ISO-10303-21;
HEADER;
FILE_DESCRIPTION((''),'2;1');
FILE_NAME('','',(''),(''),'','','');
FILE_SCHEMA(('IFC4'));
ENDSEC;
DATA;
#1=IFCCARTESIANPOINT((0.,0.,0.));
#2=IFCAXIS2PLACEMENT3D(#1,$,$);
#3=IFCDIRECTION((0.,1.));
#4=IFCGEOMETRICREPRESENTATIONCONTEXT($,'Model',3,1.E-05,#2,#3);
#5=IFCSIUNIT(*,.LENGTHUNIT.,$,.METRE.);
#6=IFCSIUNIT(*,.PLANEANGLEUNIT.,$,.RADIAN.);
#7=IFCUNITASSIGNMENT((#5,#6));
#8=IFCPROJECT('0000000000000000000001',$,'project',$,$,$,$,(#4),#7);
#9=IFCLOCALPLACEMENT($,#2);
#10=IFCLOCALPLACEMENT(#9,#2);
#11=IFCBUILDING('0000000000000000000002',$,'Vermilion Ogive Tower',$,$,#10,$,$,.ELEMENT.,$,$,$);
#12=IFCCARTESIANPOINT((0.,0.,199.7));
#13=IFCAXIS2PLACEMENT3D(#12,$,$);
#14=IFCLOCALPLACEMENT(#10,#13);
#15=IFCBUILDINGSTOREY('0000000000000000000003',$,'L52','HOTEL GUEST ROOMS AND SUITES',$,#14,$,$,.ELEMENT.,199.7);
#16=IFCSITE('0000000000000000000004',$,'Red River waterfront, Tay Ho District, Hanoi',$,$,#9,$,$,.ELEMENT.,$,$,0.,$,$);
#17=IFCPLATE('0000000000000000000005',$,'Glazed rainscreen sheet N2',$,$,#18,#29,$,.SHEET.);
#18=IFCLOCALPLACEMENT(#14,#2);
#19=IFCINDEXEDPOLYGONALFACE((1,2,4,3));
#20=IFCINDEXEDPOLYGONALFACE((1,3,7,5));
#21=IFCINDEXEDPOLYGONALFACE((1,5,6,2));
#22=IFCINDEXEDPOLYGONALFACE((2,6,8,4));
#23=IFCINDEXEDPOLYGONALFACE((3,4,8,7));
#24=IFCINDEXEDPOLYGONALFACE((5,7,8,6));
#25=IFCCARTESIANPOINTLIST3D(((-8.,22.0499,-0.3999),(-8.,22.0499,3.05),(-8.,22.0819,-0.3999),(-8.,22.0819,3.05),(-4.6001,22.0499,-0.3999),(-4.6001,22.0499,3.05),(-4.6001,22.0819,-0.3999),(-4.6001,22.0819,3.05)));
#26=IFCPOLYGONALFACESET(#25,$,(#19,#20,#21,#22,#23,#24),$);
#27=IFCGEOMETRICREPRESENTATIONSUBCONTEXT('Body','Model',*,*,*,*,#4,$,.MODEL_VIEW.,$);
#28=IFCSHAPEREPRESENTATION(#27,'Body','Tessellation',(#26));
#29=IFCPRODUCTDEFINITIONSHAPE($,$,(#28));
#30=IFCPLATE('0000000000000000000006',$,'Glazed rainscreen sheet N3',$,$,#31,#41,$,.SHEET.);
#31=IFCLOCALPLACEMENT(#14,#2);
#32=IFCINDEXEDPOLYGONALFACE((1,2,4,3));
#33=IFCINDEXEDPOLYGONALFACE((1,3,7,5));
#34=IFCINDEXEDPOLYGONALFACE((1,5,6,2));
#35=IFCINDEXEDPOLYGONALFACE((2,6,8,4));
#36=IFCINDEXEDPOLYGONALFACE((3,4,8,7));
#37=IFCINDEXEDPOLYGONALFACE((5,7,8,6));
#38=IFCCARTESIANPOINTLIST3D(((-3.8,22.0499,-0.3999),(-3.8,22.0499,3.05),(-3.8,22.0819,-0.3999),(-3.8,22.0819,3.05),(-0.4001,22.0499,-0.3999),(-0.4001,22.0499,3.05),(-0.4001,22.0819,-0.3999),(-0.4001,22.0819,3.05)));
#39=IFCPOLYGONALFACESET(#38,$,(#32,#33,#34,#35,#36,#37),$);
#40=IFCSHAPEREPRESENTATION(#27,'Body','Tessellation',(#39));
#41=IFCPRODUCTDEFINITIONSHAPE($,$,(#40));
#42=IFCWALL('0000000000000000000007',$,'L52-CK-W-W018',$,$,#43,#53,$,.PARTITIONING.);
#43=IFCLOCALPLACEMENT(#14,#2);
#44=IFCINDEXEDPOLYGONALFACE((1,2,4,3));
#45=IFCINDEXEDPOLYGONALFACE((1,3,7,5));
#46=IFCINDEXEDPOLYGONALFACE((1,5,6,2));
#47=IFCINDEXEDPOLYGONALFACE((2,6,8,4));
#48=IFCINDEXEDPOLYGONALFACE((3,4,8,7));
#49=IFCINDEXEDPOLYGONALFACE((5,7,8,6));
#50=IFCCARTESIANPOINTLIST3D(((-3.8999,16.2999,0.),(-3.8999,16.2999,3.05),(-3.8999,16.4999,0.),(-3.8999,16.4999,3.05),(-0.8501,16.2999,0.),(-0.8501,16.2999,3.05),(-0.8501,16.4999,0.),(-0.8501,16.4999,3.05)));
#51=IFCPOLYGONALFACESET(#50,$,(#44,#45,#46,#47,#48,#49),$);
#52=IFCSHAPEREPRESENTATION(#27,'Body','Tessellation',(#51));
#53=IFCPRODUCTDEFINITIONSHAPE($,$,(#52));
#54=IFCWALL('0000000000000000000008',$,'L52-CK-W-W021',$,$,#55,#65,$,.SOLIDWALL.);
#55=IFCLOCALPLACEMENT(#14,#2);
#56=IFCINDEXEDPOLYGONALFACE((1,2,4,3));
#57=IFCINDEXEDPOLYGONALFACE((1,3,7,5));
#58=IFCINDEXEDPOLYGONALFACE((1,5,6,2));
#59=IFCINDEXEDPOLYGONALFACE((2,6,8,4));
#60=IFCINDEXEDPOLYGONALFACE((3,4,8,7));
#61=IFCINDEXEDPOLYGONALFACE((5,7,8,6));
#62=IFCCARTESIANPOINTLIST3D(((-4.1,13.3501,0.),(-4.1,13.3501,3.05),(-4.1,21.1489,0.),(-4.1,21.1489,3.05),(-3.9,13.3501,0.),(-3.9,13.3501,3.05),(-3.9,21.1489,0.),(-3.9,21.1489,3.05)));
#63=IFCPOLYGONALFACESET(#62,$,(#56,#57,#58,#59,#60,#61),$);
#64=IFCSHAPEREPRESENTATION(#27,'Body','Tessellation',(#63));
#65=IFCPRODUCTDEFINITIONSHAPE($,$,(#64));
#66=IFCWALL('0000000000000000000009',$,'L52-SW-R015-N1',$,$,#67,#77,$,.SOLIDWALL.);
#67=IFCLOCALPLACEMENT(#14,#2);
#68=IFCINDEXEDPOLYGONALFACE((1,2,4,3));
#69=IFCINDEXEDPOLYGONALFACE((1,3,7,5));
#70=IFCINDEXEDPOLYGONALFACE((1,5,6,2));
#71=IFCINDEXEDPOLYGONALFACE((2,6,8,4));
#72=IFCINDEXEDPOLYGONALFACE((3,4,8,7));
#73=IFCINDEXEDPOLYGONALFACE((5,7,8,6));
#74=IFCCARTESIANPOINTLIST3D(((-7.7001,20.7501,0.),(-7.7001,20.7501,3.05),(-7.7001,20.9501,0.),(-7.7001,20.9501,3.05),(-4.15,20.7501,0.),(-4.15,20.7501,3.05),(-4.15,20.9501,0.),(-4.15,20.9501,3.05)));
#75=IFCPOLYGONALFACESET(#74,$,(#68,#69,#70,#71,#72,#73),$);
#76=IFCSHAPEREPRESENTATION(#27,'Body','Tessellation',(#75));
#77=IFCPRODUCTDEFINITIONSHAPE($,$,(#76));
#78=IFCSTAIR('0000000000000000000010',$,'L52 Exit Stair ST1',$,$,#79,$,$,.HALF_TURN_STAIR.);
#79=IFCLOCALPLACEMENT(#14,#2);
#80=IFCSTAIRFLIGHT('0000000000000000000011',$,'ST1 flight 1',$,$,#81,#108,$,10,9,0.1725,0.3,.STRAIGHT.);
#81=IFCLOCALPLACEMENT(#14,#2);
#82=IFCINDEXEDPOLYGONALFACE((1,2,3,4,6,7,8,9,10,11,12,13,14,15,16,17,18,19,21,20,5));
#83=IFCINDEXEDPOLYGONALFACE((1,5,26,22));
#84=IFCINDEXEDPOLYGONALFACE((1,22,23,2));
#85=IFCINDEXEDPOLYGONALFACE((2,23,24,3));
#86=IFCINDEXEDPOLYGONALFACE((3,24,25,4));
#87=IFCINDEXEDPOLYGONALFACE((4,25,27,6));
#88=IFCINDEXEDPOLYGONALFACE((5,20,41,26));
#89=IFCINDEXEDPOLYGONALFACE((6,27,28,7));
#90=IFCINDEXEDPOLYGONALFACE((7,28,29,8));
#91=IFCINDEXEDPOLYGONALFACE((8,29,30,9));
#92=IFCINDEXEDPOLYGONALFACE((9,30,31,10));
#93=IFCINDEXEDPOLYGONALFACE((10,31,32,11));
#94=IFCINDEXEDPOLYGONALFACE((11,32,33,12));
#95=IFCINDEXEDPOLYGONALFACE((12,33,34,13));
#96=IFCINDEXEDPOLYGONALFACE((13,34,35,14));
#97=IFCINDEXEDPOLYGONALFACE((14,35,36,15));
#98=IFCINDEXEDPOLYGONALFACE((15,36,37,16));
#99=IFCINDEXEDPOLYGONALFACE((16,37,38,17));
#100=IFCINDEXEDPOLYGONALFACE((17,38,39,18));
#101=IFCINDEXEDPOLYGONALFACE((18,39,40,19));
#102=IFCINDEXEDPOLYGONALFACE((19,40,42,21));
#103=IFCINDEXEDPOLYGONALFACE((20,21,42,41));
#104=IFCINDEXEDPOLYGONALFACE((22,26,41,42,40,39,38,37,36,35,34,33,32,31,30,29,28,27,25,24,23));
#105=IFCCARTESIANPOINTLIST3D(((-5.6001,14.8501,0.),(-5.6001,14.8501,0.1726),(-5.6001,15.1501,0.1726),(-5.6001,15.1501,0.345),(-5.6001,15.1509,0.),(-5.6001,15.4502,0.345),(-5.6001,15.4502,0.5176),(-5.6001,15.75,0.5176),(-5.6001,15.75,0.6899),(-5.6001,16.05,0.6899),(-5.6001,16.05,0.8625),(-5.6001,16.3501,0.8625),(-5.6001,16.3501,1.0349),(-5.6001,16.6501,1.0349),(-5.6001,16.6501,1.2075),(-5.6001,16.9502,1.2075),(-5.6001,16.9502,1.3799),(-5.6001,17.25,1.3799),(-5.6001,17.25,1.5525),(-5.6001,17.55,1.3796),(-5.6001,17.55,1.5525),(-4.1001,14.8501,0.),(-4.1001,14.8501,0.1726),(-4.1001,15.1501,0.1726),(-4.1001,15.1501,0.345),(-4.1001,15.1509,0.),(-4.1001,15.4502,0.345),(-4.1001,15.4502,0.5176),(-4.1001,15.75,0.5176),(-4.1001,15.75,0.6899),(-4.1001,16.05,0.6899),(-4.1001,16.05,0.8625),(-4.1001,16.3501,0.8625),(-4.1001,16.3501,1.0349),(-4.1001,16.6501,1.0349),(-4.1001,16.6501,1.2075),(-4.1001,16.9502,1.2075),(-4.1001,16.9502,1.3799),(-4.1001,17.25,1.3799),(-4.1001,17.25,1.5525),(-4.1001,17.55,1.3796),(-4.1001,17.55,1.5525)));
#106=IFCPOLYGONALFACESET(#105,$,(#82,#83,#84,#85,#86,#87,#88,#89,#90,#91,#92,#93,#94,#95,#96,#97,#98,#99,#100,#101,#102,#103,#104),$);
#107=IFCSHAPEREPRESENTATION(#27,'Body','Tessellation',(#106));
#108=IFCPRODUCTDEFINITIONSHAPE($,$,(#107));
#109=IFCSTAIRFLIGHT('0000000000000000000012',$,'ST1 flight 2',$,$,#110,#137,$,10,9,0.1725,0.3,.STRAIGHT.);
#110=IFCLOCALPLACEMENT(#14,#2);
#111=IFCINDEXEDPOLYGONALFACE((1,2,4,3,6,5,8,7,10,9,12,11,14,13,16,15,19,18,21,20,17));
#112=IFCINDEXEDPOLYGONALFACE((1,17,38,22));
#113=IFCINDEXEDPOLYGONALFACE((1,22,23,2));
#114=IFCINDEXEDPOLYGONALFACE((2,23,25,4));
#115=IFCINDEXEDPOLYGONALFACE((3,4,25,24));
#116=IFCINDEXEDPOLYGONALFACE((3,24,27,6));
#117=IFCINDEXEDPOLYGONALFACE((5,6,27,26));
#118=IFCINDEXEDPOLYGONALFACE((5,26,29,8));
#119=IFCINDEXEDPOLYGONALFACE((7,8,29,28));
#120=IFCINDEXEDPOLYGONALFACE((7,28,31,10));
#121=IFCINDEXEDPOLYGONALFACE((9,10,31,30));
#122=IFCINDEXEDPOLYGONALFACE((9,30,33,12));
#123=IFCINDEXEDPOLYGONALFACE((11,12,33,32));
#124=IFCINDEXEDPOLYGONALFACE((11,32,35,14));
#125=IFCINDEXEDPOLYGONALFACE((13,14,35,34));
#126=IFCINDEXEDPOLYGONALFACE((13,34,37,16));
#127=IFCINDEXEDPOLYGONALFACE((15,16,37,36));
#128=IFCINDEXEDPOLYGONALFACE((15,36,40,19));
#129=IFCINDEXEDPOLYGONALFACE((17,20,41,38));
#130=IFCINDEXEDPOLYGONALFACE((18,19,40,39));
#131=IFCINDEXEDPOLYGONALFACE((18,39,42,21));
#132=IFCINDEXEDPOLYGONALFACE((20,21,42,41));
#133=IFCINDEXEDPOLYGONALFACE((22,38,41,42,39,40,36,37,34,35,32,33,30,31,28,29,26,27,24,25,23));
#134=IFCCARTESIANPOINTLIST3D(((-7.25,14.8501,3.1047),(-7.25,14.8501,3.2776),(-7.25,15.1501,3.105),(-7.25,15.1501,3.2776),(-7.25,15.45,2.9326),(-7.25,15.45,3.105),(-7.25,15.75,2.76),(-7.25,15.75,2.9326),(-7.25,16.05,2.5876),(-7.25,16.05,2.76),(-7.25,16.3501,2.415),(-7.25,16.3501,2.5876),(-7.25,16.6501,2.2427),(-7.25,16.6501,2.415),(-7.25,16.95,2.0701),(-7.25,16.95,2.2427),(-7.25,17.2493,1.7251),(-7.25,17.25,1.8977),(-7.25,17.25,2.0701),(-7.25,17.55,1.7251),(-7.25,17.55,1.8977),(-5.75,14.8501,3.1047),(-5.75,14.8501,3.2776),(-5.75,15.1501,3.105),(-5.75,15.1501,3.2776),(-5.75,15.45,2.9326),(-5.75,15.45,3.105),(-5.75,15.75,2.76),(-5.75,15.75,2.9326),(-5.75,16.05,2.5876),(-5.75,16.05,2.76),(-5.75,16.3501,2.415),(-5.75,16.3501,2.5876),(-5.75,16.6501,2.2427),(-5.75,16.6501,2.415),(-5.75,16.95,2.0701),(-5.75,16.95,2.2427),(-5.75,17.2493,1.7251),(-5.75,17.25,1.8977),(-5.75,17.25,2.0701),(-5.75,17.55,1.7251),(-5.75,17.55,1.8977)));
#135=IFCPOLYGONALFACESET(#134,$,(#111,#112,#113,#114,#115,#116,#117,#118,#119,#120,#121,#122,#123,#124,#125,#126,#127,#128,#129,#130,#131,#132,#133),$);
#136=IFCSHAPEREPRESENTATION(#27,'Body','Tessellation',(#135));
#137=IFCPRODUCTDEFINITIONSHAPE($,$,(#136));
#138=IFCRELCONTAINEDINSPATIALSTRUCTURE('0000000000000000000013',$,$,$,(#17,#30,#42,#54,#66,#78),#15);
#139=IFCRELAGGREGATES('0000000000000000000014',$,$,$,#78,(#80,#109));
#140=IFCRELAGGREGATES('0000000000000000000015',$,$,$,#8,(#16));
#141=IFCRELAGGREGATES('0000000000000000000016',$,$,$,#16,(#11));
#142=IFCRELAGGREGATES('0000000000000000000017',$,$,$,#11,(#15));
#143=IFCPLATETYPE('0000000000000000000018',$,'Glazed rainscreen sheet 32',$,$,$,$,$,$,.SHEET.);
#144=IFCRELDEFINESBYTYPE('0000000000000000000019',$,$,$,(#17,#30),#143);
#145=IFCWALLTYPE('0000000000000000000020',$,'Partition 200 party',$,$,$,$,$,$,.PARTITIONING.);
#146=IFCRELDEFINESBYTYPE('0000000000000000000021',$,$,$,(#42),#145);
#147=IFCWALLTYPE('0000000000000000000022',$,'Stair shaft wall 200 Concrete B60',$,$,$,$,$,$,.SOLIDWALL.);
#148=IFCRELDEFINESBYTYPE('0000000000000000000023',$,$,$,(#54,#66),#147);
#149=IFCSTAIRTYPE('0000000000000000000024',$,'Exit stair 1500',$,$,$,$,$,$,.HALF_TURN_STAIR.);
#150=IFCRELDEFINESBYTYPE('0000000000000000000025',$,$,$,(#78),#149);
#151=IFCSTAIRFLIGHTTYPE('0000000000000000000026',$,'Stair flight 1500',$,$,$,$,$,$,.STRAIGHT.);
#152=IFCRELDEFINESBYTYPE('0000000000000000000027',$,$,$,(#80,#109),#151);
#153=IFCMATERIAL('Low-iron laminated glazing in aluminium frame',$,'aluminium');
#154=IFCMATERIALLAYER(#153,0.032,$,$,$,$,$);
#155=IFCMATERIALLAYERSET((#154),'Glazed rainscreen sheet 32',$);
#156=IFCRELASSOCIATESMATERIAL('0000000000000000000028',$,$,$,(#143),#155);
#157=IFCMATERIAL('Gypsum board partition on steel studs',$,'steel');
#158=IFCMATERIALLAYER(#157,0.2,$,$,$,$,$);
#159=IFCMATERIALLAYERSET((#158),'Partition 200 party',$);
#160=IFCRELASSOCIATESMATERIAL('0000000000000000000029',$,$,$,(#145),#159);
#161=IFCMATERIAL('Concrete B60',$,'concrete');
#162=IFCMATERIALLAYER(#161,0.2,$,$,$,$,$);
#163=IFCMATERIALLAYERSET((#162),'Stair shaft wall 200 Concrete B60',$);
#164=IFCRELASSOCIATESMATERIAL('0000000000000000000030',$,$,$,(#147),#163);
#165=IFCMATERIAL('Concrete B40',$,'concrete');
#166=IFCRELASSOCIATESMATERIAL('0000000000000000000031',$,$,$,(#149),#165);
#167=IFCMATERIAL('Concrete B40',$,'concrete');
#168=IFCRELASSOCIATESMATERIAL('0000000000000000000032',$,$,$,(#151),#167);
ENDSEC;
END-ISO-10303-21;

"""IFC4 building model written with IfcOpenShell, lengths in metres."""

from ifc_helpers import new_model, si_unit, direction, frame, frame_2d, origin, origin_2d, place, context, subcontext, project, spatial, polyline, rectangle, outline, extrude, material, layer, layer_set, type_object, element, aggregate, save


model = new_model("IFC4")

# Units and contexts
model_context = context("Model", 3, precision=1e-05, world=origin(), true_north=direction((0.0, 1.0)))
body_context = subcontext(model_context, "Body", "Model", "MODEL_VIEW")
ifc_project = project(units=[si_unit("LENGTHUNIT", "METRE"), si_unit("PLANEANGLEUNIT", "RADIAN")], contexts=[model_context])

# Site, building, storey
site_placement = place(None, origin())
site = spatial("IfcSite", under=ifc_project, at=site_placement, Name="Red River waterfront, Tay Ho District, Hanoi", CompositionType="ELEMENT", RefElevation=0.0)
building_placement = place(site_placement, origin())
building = spatial("IfcBuilding", under=site, at=building_placement, Name="Vermilion Ogive Tower", CompositionType="ELEMENT")
storey_placement = place(building_placement, frame((0.0, 0.0, 199.7)))
storey = spatial("IfcBuildingStorey", under=building, at=storey_placement, Name="L52", Description="HOTEL GUEST ROOMS AND SUITES", CompositionType="ELEMENT", Elevation=199.7)

# Plates
ifc_material_1 = material(Name="Low-iron laminated glazing in aluminium frame", Category="aluminium")
ifc_layer_1 = layer(ifc_material_1, 0.032)
ifc_layer_set_1 = layer_set([ifc_layer_1], Name="Glazed rainscreen sheet 32")
plate_type = type_object("IfcPlateType", Name="Glazed rainscreen sheet 32", PredefinedType="SHEET", material=ifc_layer_set_1)
for number, where, z_axis, x_axis, name in (
    (1, (-6.3, 22.0659, -0.3999), (0.0, 0.0, 1.0), (1.0, 0.0, 0.0), "Glazed rainscreen sheet N2"),
    (2, (-2.1001, 22.0659, -0.3999), (0.0, 0.0, 1.0), (1.0, 0.0, 0.0), "Glazed rainscreen sheet N3"),
):
    element("IfcPlate", number, at=place(storey_placement, frame(where, z_axis=z_axis, x_axis=x_axis)), inside=storey, type_object=plate_type, Name=name, PredefinedType="SHEET", context=body_context, shape_type="SweptSolid", body=[
        extrude(rectangle(XDim=3.3999, YDim=0.032, at=origin_2d()), origin(), (0.0, 0.0, 1.0), 3.45),
    ])

# Walls
ifc_material_2 = material(Name="Gypsum board partition on steel studs", Category="steel")
ifc_layer_2 = layer(ifc_material_2, 0.2)
ifc_layer_set_2 = layer_set([ifc_layer_2], Name="Partition 200 party")
wall_type_1 = type_object("IfcWallType", Name="Partition 200 party", PredefinedType="PARTITIONING", material=ifc_layer_set_2)
wall_1_placement = place(storey_placement, frame((-3.8999, 16.3999, 0.0), z_axis=(0.0, 0.0, 1.0), x_axis=(1.0, 0.0, 0.0)))
element("IfcWall", 3, at=wall_1_placement, inside=storey, type_object=wall_type_1, Name="L52-CK-W-W018", PredefinedType="PARTITIONING", context=body_context, shape_type="SweptSolid", body=[
    extrude(rectangle(XDim=3.0498, YDim=0.2, at=frame_2d((1.5249, 0.0))), origin(), (0.0, 0.0, 1.0), 3.05),
])
ifc_material_3 = material(Name="Concrete B60", Category="concrete")
ifc_layer_3 = layer(ifc_material_3, 0.2)
ifc_layer_set_3 = layer_set([ifc_layer_3], Name="Stair shaft wall 200 Concrete B60")
wall_type_2 = type_object("IfcWallType", Name="Stair shaft wall 200 Concrete B60", PredefinedType="SOLIDWALL", material=ifc_layer_set_3)
wall_2_placement = place(storey_placement, frame((-4.0, 13.3501, 0.0), z_axis=(0.0, 0.0, 1.0), x_axis=(0.0, 1.0, 0.0)))
element("IfcWall", 4, at=wall_2_placement, inside=storey, type_object=wall_type_2, Name="L52-CK-W-W021", PredefinedType="SOLIDWALL", context=body_context, shape_type="SweptSolid", body=[
    extrude(rectangle(XDim=7.7988, YDim=0.2, at=frame_2d((3.8994, 0.0))), origin(), (0.0, 0.0, 1.0), 3.05),
])
wall_3_placement = place(storey_placement, frame((-7.7, 20.8501, 0.0), z_axis=(0.0, 0.0, 1.0), x_axis=(1.0, 0.0, 0.0)))
element("IfcWall", 5, at=wall_3_placement, inside=storey, type_object=wall_type_2, Name="L52-SW-R015-N1", PredefinedType="SOLIDWALL", context=body_context, shape_type="SweptSolid", body=[
    extrude(rectangle(XDim=3.55, YDim=0.2, at=frame_2d((1.7749, 0.0))), origin(), (0.0, 0.0, 1.0), 3.05),
])

# Stair, stair flights
ifc_material_4 = material(Name="Concrete B40", Category="concrete")
stair_type = type_object("IfcStairType", Name="Exit stair 1500", PredefinedType="HALF_TURN_STAIR", material=ifc_material_4)
stair_placement = place(storey_placement, origin())
stair = element("IfcStair", 6, at=stair_placement, inside=storey, type_object=stair_type, Name="L52 Exit Stair ST1", PredefinedType="HALF_TURN_STAIR")
ifc_material_5 = material(Name="Concrete B40", Category="concrete")
stair_flight_type = type_object("IfcStairFlightType", Name="Stair flight 1500", PredefinedType="STRAIGHT", material=ifc_material_5)
stair_flight_1_placement = place(storey_placement, frame((-4.8501, 14.8501, 0.0), z_axis=(0.0, 0.0, 1.0), x_axis=(0.0, 1.0, 0.0)))
stair_flight_1 = element("IfcStairFlight", 7, at=stair_flight_1_placement, type_object=stair_flight_type, Name="ST1 flight 1", NumberOfRisers=10, NumberOfTreads=9, PredefinedType="STRAIGHT", RiserHeight=0.1725, TreadLength=0.3, context=body_context, shape_type="SweptSolid", body=[
    extrude(outline(polyline([(0.0, 0.0), (0.0, 0.1726), (0.3, 0.1726), (0.3, 0.345), (0.6001, 0.345), (0.6001, 0.5176), (0.8999, 0.5176), (0.8999, 0.6899), (1.2, 0.6899), (1.2, 0.8625), (1.5, 0.8625), (1.5, 1.0349), (1.8, 1.0349), (1.8, 1.2075), (2.1001, 1.2075), (2.1001, 1.3799), (2.3999, 1.3799), (2.3999, 1.5525), (2.7, 1.5525), (2.7, 1.7251), (2.7, 1.3796), (0.3008, 0.0), (0.0, 0.0)])), frame((0.0, 0.75, 0.0), z_axis=(0.0, -1.0, 0.0), x_axis=(1.0, 0.0, 0.0)), (0.0, 0.0, 1.0), 1.5),
])
stair_flight_2_placement = place(storey_placement, frame((-6.5, 17.55, 1.7251), z_axis=(0.0, 0.0, 1.0), x_axis=(0.0, -1.0, 0.0)))
stair_flight_2 = element("IfcStairFlight", 8, at=stair_flight_2_placement, type_object=stair_flight_type, Name="ST1 flight 2", NumberOfRisers=10, NumberOfTreads=9, PredefinedType="STRAIGHT", RiserHeight=0.1725, TreadLength=0.3, context=body_context, shape_type="SweptSolid", body=[
    extrude(outline(polyline([(0.0, 0.0), (0.0, 0.1726), (0.3, 0.1726), (0.3, 0.345), (0.6001, 0.345), (0.6001, 0.5176), (0.8999, 0.5176), (0.8999, 0.6899), (1.2, 0.6899), (1.2, 0.8625), (1.5, 0.8625), (1.5, 1.0349), (1.8, 1.0349), (1.8, 1.2075), (2.1001, 1.2075), (2.1001, 1.3799), (2.3999, 1.3799), (2.3999, 1.5525), (2.7, 1.5525), (2.7, 1.7251), (2.7, 1.3796), (0.3008, 0.0), (0.0, 0.0)])), frame((0.0, 0.75, 0.0), z_axis=(0.0, -1.0, 0.0), x_axis=(1.0, 0.0, 0.0)), (0.0, 0.0, 1.0), 1.5),
])
aggregate(stair, [stair_flight_1, stair_flight_2])

save(model, "model.ifc")
